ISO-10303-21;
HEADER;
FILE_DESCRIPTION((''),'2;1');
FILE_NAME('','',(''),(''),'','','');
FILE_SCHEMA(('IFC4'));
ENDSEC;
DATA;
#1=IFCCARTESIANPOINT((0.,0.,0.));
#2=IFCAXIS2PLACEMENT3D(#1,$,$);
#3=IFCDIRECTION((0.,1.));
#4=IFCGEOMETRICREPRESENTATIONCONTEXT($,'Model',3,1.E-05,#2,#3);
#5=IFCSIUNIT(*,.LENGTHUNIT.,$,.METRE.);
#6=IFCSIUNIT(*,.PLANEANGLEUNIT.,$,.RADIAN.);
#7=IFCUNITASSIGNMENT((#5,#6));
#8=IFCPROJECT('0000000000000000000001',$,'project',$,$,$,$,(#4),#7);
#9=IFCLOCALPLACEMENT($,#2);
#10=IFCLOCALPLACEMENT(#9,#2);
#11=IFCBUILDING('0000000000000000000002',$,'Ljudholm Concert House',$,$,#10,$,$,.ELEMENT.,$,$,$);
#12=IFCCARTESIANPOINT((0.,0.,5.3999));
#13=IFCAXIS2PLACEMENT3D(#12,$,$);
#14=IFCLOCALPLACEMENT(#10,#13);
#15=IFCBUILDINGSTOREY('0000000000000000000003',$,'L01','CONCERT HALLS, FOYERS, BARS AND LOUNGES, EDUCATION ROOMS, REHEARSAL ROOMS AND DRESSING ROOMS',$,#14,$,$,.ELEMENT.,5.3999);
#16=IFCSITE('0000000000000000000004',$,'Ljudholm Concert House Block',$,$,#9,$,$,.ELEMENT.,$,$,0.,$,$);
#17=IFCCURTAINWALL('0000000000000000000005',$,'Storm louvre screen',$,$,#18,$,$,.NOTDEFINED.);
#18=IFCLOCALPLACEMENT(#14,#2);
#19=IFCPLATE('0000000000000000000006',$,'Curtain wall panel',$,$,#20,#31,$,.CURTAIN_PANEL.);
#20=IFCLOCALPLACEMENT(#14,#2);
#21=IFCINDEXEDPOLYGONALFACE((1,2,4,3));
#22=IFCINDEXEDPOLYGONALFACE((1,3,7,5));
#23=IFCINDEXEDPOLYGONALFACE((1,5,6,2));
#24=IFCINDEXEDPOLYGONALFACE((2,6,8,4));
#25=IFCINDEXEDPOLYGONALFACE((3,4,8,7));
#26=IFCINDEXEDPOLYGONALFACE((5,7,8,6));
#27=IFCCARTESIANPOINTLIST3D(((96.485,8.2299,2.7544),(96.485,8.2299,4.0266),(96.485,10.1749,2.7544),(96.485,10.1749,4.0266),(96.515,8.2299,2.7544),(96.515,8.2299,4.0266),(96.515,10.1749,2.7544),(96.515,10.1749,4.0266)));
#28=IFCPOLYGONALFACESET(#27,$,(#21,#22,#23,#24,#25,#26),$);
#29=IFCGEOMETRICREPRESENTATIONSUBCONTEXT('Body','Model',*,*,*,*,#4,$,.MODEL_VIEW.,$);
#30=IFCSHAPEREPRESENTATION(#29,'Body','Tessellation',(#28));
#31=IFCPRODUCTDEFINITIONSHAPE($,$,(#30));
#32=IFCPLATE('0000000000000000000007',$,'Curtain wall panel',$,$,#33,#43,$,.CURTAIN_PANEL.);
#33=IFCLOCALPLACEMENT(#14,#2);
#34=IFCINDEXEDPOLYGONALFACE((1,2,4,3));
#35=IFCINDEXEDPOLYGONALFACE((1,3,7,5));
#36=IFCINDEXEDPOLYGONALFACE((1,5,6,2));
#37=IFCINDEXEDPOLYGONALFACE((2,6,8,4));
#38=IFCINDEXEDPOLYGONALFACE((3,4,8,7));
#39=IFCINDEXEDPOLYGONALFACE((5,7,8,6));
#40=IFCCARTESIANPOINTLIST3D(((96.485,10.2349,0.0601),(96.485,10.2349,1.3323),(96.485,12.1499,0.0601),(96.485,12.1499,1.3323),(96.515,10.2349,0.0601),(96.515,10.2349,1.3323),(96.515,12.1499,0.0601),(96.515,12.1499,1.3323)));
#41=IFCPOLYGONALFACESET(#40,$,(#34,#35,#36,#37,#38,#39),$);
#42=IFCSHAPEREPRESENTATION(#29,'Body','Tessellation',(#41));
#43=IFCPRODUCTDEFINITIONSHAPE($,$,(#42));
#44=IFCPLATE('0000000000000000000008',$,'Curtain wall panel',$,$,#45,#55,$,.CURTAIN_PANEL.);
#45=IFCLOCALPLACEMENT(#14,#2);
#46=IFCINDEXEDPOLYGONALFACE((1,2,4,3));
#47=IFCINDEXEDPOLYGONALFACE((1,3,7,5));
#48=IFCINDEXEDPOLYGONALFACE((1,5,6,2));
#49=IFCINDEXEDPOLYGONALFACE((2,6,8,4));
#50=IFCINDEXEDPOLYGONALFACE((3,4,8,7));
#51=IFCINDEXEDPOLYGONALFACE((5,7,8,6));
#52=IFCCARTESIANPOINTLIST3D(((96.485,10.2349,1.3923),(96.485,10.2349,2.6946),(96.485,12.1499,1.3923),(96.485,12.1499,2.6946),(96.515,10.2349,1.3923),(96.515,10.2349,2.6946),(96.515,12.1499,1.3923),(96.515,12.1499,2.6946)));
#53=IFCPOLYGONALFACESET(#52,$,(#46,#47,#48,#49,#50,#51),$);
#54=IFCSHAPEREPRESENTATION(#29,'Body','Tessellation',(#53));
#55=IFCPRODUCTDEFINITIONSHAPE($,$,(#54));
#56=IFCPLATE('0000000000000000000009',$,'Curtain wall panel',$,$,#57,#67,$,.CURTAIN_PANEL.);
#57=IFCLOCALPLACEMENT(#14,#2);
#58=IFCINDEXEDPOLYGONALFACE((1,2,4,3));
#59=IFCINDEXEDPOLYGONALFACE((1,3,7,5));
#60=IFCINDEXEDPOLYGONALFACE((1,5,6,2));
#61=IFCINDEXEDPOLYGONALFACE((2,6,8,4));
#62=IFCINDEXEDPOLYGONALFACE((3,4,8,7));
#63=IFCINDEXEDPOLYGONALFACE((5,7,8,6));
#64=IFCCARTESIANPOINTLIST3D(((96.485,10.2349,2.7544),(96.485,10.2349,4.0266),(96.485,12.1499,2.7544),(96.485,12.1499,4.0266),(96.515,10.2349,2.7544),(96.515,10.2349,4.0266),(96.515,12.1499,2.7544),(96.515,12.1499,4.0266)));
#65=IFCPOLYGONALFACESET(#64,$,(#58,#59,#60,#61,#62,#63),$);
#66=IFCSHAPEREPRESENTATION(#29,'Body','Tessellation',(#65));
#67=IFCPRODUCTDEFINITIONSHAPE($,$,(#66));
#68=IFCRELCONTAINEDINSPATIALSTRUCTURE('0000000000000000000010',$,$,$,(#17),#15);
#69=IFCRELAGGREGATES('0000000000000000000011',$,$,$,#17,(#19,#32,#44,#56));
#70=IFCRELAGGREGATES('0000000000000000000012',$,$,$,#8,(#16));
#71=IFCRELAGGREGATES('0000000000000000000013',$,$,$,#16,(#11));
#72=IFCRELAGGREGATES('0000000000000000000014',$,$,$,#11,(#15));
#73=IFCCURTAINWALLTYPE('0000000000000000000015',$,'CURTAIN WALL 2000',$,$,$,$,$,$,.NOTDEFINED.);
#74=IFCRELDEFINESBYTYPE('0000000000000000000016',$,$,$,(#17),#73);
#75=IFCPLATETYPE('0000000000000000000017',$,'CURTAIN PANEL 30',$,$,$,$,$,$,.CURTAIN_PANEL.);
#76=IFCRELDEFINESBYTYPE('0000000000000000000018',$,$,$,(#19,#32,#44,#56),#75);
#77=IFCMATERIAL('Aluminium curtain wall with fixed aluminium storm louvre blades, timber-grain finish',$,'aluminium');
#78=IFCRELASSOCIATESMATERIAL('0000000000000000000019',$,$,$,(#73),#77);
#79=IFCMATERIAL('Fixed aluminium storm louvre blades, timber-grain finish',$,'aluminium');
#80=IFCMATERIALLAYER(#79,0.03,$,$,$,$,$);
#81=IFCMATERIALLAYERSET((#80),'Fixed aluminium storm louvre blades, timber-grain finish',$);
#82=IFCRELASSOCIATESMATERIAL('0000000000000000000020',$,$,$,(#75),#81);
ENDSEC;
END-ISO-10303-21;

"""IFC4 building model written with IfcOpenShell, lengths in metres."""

from ifc_helpers import new_model, si_unit, direction, frame, origin, origin_2d, place, context, subcontext, project, spatial, rectangle, extrude, material, layer, layer_set, type_object, element, aggregate, save


model = new_model("IFC4")

# Units and contexts
model_context = context("Model", 3, precision=1e-05, world=origin(), true_north=direction((0.0, 1.0)))
body_context = subcontext(model_context, "Body", "Model", "MODEL_VIEW")
ifc_project = project(units=[si_unit("LENGTHUNIT", "METRE"), si_unit("PLANEANGLEUNIT", "RADIAN")], contexts=[model_context])

# Site, building, storey
site_placement = place(None, origin())
site = spatial("IfcSite", under=ifc_project, at=site_placement, Name="Ljudholm Concert House Block", CompositionType="ELEMENT", RefElevation=0.0)
building_placement = place(site_placement, origin())
building = spatial("IfcBuilding", under=site, at=building_placement, Name="Ljudholm Concert House", CompositionType="ELEMENT")
storey_placement = place(building_placement, frame((0.0, 0.0, 5.3999)))
storey = spatial("IfcBuildingStorey", under=building, at=storey_placement, Name="L01", Description="CONCERT HALLS, FOYERS, BARS AND LOUNGES, EDUCATION ROOMS, REHEARSAL ROOMS AND DRESSING ROOMS", CompositionType="ELEMENT", Elevation=5.3999)

# Curtain wall
ifc_material_1 = material(Name="Aluminium curtain wall with fixed aluminium storm louvre blades, timber-grain finish", Category="aluminium")
curtain_wall_type = type_object("IfcCurtainWallType", Name="CURTAIN WALL 2000", PredefinedType="NOTDEFINED", material=ifc_material_1)
curtain_wall_1_placement = place(storey_placement, origin())
curtain_wall_1 = element("IfcCurtainWall", 1, at=curtain_wall_1_placement, inside=storey, type_object=curtain_wall_type, Name="Storm louvre screen", PredefinedType="NOTDEFINED")

# Plates
ifc_material_2 = material(Name="Fixed aluminium storm louvre blades, timber-grain finish", Category="aluminium")
ifc_layer = layer(ifc_material_2, 0.03)
ifc_layer_set = layer_set([ifc_layer], Name="Fixed aluminium storm louvre blades, timber-grain finish")
plate_type = type_object("IfcPlateType", Name="CURTAIN PANEL 30", PredefinedType="CURTAIN_PANEL", material=ifc_layer_set)
plate_1_placement = place(storey_placement, frame((96.5, 9.2024, 2.7544), z_axis=(0.0, 0.0, 1.0), x_axis=(0.0, 1.0, 0.0)))
plate_1 = element("IfcPlate", 2, at=plate_1_placement, type_object=plate_type, Name="Curtain wall panel", PredefinedType="CURTAIN_PANEL", context=body_context, shape_type="SweptSolid", body=[
    extrude(rectangle(XDim=1.9451, YDim=0.03, at=origin_2d()), origin(), (0.0, 0.0, 1.0), 1.2722),
])
plate_2_placement = place(storey_placement, frame((96.5, 11.1924, 0.0601), z_axis=(0.0, 0.0, 1.0), x_axis=(0.0, 1.0, 0.0)))
plate_2 = element("IfcPlate", 3, at=plate_2_placement, type_object=plate_type, Name="Curtain wall panel", PredefinedType="CURTAIN_PANEL", context=body_context, shape_type="SweptSolid", body=[
    extrude(rectangle(XDim=1.915, YDim=0.03, at=origin_2d()), origin(), (0.0, 0.0, 1.0), 1.2722),
])
plate_3_placement = place(storey_placement, frame((96.5, 11.1924, 1.3923), z_axis=(0.0, 0.0, 1.0), x_axis=(0.0, 1.0, 0.0)))
plate_3 = element("IfcPlate", 4, at=plate_3_placement, type_object=plate_type, Name="Curtain wall panel", PredefinedType="CURTAIN_PANEL", context=body_context, shape_type="SweptSolid", body=[
    extrude(rectangle(XDim=1.915, YDim=0.03, at=origin_2d()), origin(), (0.0, 0.0, 1.0), 1.3022),
])
plate_4_placement = place(storey_placement, frame((96.5, 11.1924, 2.7544), z_axis=(0.0, 0.0, 1.0), x_axis=(0.0, 1.0, 0.0)))
plate_4 = element("IfcPlate", 5, at=plate_4_placement, type_object=plate_type, Name="Curtain wall panel", PredefinedType="CURTAIN_PANEL", context=body_context, shape_type="SweptSolid", body=[
    extrude(rectangle(XDim=1.915, YDim=0.03, at=origin_2d()), origin(), (0.0, 0.0, 1.0), 1.2722),
])
aggregate(curtain_wall_1, [plate_1, plate_2, plate_3, plate_4])

save(model, "model.ifc")
